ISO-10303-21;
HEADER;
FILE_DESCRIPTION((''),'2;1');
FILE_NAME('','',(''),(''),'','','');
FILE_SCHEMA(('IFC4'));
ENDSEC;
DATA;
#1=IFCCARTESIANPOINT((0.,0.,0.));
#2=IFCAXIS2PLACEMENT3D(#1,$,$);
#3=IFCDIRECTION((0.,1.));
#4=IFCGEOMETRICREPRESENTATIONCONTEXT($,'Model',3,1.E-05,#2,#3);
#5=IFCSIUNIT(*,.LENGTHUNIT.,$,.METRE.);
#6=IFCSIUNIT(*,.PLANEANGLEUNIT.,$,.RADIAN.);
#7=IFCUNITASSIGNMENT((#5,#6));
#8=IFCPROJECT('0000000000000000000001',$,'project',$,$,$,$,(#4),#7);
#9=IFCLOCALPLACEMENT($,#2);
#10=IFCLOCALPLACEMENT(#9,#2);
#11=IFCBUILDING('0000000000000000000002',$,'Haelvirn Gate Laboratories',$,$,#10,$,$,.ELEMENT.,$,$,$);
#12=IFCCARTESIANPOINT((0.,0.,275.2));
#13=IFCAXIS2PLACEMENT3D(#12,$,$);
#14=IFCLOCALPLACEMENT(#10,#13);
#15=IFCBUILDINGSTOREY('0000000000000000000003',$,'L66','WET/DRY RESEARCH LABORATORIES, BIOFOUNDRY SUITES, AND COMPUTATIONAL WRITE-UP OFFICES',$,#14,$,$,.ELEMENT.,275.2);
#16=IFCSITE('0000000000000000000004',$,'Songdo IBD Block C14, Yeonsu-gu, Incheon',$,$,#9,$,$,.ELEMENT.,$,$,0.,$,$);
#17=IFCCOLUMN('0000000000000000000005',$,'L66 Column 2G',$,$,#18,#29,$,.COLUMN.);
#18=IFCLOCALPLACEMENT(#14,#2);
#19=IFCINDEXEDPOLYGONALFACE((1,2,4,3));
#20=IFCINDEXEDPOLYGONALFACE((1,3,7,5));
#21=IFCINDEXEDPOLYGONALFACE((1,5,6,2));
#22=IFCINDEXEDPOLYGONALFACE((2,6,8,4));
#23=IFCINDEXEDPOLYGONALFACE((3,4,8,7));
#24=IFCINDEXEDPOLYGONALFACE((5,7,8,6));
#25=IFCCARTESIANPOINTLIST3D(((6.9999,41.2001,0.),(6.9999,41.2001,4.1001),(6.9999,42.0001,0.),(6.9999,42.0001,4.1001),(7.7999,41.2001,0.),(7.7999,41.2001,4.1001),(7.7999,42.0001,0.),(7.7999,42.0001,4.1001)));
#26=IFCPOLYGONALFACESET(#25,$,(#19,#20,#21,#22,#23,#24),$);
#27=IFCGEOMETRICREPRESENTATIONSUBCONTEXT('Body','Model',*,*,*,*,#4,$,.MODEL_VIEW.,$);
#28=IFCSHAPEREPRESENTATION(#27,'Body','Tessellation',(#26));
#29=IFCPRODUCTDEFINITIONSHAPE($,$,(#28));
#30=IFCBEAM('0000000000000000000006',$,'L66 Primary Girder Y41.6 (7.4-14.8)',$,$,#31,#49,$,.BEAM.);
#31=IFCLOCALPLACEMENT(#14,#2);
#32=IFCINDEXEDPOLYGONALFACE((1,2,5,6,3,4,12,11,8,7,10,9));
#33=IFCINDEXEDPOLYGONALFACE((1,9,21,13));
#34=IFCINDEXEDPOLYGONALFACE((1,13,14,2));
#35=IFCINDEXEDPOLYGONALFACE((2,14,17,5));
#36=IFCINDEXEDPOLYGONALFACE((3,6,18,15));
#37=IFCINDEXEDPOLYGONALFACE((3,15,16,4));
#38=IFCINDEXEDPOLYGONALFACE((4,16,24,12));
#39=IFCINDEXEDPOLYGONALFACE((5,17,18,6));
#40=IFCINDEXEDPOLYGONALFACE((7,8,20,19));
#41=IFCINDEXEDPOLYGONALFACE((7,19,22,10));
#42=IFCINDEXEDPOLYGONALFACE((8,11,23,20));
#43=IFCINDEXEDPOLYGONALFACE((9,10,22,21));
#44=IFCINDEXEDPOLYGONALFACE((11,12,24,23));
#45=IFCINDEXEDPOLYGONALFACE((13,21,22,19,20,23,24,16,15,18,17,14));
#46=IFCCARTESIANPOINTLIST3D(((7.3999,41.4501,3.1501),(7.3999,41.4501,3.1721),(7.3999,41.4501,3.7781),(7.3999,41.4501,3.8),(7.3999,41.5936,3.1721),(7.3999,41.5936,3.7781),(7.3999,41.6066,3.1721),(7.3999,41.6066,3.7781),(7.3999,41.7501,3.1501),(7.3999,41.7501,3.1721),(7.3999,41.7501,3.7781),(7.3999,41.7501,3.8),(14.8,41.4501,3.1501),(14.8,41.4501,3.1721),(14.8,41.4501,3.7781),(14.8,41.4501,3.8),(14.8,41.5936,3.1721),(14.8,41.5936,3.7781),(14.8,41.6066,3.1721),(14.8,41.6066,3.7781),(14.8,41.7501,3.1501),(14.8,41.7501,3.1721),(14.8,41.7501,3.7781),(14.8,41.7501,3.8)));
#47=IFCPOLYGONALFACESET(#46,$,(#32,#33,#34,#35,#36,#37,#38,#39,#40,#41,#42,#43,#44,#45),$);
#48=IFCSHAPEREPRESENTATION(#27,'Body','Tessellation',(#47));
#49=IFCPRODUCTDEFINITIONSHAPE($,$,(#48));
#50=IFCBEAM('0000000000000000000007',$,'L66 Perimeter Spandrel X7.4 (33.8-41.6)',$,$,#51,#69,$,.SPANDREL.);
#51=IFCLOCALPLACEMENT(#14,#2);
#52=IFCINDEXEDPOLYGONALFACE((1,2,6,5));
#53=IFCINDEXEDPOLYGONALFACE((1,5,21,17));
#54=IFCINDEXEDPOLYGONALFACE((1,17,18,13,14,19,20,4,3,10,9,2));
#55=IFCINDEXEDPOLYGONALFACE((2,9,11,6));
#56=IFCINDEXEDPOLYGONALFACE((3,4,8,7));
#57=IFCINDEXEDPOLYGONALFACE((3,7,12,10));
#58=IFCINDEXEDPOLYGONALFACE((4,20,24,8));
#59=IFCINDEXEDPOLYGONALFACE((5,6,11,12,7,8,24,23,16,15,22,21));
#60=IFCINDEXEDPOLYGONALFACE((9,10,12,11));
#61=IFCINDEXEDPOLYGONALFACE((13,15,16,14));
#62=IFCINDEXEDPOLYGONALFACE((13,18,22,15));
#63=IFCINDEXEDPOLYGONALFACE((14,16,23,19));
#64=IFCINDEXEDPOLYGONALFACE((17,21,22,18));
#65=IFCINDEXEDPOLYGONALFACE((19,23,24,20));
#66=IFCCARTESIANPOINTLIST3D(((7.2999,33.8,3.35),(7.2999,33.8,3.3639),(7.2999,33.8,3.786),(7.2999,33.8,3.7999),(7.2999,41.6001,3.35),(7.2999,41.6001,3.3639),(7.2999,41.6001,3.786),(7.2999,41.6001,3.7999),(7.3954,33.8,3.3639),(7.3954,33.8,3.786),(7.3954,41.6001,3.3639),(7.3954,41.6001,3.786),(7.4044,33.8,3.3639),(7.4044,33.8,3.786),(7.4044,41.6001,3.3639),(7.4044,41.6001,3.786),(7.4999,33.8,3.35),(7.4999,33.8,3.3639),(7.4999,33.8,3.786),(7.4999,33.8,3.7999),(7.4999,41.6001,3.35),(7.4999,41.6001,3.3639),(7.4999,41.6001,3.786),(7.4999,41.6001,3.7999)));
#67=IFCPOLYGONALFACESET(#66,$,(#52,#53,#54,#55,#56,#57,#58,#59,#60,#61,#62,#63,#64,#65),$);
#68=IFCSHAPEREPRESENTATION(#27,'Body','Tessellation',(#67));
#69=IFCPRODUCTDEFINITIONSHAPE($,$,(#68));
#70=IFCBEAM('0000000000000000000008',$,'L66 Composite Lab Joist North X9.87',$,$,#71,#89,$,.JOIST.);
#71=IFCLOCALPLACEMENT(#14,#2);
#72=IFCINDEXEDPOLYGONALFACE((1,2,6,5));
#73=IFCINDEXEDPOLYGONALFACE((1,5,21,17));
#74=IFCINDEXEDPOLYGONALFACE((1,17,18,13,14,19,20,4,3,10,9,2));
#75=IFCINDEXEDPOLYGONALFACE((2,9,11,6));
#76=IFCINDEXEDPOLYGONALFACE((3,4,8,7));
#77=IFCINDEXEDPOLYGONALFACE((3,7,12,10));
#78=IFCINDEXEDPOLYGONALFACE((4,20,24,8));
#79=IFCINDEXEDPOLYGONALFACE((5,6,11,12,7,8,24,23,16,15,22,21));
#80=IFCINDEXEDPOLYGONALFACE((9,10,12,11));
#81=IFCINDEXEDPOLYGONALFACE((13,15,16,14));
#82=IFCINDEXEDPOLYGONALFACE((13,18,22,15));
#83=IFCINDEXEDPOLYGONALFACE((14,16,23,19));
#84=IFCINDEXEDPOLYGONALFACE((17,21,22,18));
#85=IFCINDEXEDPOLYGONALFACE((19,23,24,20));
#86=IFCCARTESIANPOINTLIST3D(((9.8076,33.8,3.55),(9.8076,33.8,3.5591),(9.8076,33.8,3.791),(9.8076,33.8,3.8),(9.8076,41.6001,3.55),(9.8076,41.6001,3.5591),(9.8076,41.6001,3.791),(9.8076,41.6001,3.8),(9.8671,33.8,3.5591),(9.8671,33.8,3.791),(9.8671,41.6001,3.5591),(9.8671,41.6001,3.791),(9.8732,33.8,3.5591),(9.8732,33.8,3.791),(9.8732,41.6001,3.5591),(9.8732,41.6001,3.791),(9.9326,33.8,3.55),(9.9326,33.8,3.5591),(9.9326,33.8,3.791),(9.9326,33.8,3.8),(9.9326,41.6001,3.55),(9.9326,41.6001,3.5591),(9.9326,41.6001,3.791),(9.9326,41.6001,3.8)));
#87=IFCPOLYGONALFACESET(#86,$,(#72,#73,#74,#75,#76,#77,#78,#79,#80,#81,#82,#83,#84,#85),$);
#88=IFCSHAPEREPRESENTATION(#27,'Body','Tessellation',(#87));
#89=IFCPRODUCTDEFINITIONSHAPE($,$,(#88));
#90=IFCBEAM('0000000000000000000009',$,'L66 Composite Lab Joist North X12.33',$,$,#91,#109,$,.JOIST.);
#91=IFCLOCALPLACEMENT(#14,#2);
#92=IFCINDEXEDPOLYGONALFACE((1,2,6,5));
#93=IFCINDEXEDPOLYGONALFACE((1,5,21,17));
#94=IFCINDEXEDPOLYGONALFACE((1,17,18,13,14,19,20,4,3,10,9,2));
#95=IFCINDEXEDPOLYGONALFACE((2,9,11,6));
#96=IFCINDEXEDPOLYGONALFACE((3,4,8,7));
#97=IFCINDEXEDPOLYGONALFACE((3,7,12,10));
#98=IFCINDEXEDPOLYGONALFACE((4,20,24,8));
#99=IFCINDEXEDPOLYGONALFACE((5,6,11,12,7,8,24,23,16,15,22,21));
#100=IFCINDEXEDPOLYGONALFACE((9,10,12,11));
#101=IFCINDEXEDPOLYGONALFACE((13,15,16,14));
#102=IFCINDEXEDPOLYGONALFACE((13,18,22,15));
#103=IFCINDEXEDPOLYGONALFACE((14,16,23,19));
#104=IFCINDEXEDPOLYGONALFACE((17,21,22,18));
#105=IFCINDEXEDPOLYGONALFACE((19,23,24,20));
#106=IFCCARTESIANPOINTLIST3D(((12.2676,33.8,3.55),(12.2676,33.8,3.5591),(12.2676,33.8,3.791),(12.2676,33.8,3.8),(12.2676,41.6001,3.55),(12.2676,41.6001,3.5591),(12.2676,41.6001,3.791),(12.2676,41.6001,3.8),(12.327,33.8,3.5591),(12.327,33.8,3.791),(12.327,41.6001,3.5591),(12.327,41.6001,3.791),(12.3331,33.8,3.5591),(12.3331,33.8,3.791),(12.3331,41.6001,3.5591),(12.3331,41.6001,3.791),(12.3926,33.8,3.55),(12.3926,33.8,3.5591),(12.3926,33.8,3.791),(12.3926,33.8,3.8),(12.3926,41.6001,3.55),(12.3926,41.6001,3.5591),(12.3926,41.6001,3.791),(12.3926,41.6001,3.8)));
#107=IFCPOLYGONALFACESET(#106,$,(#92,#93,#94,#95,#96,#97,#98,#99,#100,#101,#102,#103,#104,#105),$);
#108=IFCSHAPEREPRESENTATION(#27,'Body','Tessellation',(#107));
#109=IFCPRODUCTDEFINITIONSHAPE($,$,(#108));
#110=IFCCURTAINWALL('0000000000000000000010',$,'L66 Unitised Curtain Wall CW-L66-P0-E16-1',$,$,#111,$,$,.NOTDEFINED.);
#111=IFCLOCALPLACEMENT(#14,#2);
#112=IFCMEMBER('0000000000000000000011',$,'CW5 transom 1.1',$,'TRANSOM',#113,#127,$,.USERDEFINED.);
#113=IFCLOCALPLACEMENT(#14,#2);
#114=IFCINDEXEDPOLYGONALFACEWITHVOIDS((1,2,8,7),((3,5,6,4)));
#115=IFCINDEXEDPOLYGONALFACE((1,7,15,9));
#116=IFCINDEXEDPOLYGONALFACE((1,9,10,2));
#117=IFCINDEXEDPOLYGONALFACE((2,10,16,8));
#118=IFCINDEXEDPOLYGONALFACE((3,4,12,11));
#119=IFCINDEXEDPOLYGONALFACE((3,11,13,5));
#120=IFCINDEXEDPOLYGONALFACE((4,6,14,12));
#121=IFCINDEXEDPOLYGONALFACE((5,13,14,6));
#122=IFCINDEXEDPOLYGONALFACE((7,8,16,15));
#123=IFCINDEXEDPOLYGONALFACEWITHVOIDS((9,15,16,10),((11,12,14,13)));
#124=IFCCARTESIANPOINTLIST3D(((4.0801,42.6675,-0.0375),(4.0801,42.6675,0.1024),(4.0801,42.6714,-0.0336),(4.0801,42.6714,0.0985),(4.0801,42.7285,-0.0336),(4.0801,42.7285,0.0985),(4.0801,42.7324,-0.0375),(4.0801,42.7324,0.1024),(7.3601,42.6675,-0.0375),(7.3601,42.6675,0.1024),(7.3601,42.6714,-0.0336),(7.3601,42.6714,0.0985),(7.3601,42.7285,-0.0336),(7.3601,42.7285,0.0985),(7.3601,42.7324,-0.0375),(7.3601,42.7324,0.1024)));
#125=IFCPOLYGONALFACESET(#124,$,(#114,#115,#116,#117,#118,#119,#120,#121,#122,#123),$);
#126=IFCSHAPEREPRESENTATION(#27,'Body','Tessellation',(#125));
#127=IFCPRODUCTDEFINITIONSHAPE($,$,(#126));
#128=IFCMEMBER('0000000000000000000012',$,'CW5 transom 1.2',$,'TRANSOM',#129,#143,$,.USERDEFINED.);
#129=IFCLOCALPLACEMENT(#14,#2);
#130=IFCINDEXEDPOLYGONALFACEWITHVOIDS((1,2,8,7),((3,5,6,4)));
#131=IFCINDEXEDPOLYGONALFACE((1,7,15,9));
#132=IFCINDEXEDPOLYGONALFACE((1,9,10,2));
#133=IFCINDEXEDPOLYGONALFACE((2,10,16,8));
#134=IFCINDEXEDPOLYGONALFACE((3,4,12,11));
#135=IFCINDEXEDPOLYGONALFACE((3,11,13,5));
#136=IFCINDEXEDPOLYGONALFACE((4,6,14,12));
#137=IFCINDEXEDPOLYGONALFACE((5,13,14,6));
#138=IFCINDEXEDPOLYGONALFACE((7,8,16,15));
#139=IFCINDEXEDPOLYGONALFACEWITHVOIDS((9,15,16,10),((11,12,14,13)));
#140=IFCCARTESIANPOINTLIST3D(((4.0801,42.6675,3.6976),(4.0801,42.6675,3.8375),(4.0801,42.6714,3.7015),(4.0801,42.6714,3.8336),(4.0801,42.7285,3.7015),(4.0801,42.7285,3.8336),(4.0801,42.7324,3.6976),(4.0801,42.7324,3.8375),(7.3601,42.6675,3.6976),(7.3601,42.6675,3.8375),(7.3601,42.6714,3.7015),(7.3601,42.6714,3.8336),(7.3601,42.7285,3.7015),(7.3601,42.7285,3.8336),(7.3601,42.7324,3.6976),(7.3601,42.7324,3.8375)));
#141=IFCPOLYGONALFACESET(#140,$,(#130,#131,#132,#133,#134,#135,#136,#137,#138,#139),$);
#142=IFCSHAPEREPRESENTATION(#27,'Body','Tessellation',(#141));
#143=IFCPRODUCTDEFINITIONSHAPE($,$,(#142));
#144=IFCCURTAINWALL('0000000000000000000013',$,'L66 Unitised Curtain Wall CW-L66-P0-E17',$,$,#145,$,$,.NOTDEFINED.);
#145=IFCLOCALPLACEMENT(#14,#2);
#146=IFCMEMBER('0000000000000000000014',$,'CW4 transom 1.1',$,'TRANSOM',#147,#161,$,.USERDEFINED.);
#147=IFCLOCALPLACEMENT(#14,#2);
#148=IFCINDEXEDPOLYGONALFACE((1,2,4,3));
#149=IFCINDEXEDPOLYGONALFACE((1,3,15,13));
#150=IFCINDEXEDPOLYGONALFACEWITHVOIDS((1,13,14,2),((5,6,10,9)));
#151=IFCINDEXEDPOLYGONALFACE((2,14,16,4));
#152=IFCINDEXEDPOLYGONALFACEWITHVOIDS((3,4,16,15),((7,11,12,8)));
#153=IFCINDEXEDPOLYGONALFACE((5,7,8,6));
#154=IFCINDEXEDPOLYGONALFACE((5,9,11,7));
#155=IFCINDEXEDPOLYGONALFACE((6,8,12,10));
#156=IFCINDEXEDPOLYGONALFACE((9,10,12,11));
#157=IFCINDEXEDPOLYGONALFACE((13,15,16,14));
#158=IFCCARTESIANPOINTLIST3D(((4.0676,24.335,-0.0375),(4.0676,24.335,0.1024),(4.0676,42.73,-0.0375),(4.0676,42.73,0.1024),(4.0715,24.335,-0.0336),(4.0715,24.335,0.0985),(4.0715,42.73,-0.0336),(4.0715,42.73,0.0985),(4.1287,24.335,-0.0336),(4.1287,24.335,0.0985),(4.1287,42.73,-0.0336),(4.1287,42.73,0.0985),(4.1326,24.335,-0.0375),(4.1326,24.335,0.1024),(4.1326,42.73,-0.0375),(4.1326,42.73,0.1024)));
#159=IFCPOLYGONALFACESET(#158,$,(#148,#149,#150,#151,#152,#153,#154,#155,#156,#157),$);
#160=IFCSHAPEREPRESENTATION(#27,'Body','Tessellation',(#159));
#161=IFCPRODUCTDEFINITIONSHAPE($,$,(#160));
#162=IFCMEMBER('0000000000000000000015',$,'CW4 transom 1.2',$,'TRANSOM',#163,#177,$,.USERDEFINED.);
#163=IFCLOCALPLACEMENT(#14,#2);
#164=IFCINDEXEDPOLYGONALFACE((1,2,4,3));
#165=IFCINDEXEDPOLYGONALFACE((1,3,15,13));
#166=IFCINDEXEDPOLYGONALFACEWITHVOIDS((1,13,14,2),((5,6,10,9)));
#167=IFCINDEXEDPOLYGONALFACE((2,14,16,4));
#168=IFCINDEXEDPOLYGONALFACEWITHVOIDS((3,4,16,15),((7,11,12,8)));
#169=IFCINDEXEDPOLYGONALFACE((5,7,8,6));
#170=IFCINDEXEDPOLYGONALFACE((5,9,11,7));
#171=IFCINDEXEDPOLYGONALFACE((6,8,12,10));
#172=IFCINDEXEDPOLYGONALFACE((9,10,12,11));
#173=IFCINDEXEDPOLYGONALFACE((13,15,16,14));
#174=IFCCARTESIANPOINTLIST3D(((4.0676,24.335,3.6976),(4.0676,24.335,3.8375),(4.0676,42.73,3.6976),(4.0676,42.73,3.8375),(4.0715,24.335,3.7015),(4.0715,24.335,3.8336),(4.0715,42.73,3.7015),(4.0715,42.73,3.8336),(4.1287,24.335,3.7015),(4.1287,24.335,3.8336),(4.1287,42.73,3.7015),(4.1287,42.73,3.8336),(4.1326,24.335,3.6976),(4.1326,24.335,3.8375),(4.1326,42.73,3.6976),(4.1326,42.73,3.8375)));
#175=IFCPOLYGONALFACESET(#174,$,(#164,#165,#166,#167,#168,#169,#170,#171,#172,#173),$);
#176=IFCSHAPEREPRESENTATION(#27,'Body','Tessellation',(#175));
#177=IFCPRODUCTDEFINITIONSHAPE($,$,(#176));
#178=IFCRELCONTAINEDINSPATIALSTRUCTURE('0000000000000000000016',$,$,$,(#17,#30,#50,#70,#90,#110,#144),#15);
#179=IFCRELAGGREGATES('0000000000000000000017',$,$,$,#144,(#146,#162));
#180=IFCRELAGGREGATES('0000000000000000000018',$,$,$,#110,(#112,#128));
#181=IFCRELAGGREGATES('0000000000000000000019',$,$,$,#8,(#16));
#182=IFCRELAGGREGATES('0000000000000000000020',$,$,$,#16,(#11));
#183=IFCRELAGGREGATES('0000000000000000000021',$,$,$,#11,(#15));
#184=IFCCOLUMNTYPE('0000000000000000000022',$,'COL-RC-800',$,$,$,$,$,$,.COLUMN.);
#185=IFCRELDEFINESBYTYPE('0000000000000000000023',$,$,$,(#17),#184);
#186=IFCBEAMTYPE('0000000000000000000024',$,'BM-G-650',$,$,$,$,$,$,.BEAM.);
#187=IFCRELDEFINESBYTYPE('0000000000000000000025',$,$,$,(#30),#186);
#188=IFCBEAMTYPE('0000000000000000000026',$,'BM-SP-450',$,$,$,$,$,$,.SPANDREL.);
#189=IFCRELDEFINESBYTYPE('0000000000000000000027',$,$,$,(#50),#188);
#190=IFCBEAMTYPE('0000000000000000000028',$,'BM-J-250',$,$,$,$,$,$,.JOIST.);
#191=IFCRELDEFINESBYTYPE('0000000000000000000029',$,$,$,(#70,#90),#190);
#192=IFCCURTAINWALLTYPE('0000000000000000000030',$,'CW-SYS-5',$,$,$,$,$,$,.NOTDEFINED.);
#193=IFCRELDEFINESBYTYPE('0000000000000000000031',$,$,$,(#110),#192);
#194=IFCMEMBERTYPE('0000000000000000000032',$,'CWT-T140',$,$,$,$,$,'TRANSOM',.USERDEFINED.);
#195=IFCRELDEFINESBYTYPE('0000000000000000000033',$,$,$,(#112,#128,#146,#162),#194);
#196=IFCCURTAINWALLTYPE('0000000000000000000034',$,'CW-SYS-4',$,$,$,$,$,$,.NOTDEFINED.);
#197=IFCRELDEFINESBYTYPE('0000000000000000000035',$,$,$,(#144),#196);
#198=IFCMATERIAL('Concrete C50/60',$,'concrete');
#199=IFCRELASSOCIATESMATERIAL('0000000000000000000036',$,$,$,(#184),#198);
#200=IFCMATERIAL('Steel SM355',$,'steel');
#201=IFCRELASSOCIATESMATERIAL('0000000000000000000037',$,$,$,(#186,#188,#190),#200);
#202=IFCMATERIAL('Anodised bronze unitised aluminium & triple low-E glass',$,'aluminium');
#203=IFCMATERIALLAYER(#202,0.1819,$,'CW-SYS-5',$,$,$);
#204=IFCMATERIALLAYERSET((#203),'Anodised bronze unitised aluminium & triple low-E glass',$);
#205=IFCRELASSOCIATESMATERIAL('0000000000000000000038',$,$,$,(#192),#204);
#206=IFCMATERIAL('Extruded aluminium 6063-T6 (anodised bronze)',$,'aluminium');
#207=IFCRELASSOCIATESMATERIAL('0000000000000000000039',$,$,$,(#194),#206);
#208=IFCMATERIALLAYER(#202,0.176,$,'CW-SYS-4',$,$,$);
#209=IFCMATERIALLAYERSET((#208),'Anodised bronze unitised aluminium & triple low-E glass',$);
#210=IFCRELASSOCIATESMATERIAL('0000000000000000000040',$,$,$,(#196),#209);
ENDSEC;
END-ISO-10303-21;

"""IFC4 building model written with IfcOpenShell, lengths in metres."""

from ifc_helpers import new_model, si_unit, direction, frame, origin, origin_2d, place, context, subcontext, project, spatial, rectangle, hollow_rectangle, i_section, extrude, source, transform, mapped, material, layer, layer_set, material_profile, profile_set, type_object, type_shapes, element, aggregate, save


model = new_model("IFC4")

# Units and contexts
model_context = context("Model", 3, precision=1e-05, world=origin(), true_north=direction((0.0, 1.0)))
body_context = subcontext(model_context, "Body", "Model", "MODEL_VIEW")
ifc_project = project(units=[si_unit("LENGTHUNIT", "METRE"), si_unit("PLANEANGLEUNIT", "RADIAN")], contexts=[model_context])

# Site, building, storey
site_placement = place(None, origin())
site = spatial("IfcSite", under=ifc_project, at=site_placement, Name="Songdo IBD Block C14, Yeonsu-gu, Incheon", CompositionType="ELEMENT", RefElevation=0.0)
building_placement = place(site_placement, origin())
building = spatial("IfcBuilding", under=site, at=building_placement, Name="Haelvirn Gate Laboratories", CompositionType="ELEMENT")
storey_placement = place(building_placement, frame((0.0, 0.0, 275.2)))
storey = spatial("IfcBuildingStorey", under=building, at=storey_placement, Name="L66", Description="WET/DRY RESEARCH LABORATORIES, BIOFOUNDRY SUITES, AND COMPUTATIONAL WRITE-UP OFFICES", CompositionType="ELEMENT", Elevation=275.2)

# Column
ifc_material_1 = material(Name="Concrete C50/60", Category="concrete")
ifc_material_profile_1 = material_profile(ifc_material_1, rectangle(XDim=0.8, YDim=0.8, at=origin_2d()), Name="RC-800x800")
ifc_profile_set_1 = profile_set([ifc_material_profile_1], Name="Concrete C50/60")
column_type = type_object("IfcColumnType", Name="COL-RC-800", PredefinedType="COLUMN", material=ifc_profile_set_1)
shared_shape_1 = source(origin(), body_context, "Body", "SweptSolid", [
    extrude(rectangle(XDim=0.8, YDim=0.8, at=origin_2d()), origin(), (0.0, 0.0, 1.0), 4.1001),
])
type_shapes(column_type, [shared_shape_1])
column_placement = place(storey_placement, frame((7.3999, 41.6001, 0.0), z_axis=(0.0, 0.0, 1.0), x_axis=(1.0, 0.0, 0.0)))
element("IfcColumn", 1, at=column_placement, inside=storey, type_object=column_type, Name="L66 Column 2G", PredefinedType="COLUMN", context=body_context, shape_type="MappedRepresentation", body=[
    mapped(shared_shape_1, transform((0.0, 0.0, 0.0), scale=1.0)),
])

# Beams
ifc_material_2 = material(Name="Steel SM355", Category="steel")
ifc_material_profile_2 = material_profile(ifc_material_2, i_section(OverallWidth=0.3, OverallDepth=0.6499, WebThickness=0.0129, FlangeThickness=0.022, at=origin_2d()), Name="H-650x300x13x22")
ifc_profile_set_2 = profile_set([ifc_material_profile_2], Name="Steel SM355")
beam_type_1 = type_object("IfcBeamType", Name="BM-G-650", PredefinedType="BEAM", material=ifc_profile_set_2)
shared_shape_2 = source(origin(), body_context, "Body", "SweptSolid", [
    extrude(i_section(OverallWidth=0.3, OverallDepth=0.6499, WebThickness=0.0129, FlangeThickness=0.022, at=origin_2d()), origin(), (0.0, 0.0, 1.0), 7.4001),
])
type_shapes(beam_type_1, [shared_shape_2])
beam_1_placement = place(storey_placement, frame((7.3999, 41.6001, 3.4751), z_axis=(1.0, 0.0, 0.0), x_axis=(0.0, 1.0, 0.0)))
element("IfcBeam", 2, at=beam_1_placement, inside=storey, type_object=beam_type_1, Name="L66 Primary Girder Y41.6 (7.4-14.8)", PredefinedType="BEAM", context=body_context, shape_type="MappedRepresentation", body=[
    mapped(shared_shape_2, transform((0.0, 0.0, 0.0), scale=1.0)),
])
ifc_material_profile_3 = material_profile(ifc_material_2, i_section(OverallWidth=0.2, OverallDepth=0.45, WebThickness=0.009, FlangeThickness=0.0139, at=origin_2d()), Name="H-450x200x9x14")
ifc_profile_set_3 = profile_set([ifc_material_profile_3], Name="Steel SM355")
beam_type_2 = type_object("IfcBeamType", Name="BM-SP-450", PredefinedType="SPANDREL", material=ifc_profile_set_3)
shared_shape_3 = source(origin(), body_context, "Body", "SweptSolid", [
    extrude(i_section(OverallWidth=0.2, OverallDepth=0.45, WebThickness=0.009, FlangeThickness=0.0139, at=origin_2d()), origin(), (0.0, 0.0, 1.0), 7.8),
])
type_shapes(beam_type_2, [shared_shape_3])
beam_2_placement = place(storey_placement, frame((7.3999, 33.8, 3.575), z_axis=(0.0, 1.0, 0.0), x_axis=(-1.0, 0.0, 0.0)))
element("IfcBeam", 3, at=beam_2_placement, inside=storey, type_object=beam_type_2, Name="L66 Perimeter Spandrel X7.4 (33.8-41.6)", PredefinedType="SPANDREL", context=body_context, shape_type="MappedRepresentation", body=[
    mapped(shared_shape_3, transform((0.0, 0.0, 0.0), scale=1.0)),
])
ifc_material_profile_4 = material_profile(ifc_material_2, i_section(OverallWidth=0.125, OverallDepth=0.25, WebThickness=0.0061, FlangeThickness=0.009, at=origin_2d()), Name="H-250x125x6x9")
ifc_profile_set_4 = profile_set([ifc_material_profile_4], Name="Steel SM355")
beam_type_3 = type_object("IfcBeamType", Name="BM-J-250", PredefinedType="JOIST", material=ifc_profile_set_4)
shared_shape_4 = source(origin(), body_context, "Body", "SweptSolid", [
    extrude(i_section(OverallWidth=0.125, OverallDepth=0.25, WebThickness=0.0061, FlangeThickness=0.009, at=origin_2d()), origin(), (0.0, 0.0, 1.0), 7.8),
])
type_shapes(beam_type_3, [shared_shape_4])
for number, where, z_axis, x_axis, name in (
    (4, (9.8701, 33.8, 3.675), (0.0, 1.0, 0.0), (-1.0, 0.0, 0.0), "L66 Composite Lab Joist North X9.87"),
    (5, (12.3301, 33.8, 3.675), (0.0, 1.0, 0.0), (-1.0, 0.0, 0.0), "L66 Composite Lab Joist North X12.33"),
):
    element("IfcBeam", number, at=place(storey_placement, frame(where, z_axis=z_axis, x_axis=x_axis)), inside=storey, type_object=beam_type_3, Name=name, PredefinedType="JOIST", context=body_context, shape_type="MappedRepresentation", body=[
        mapped(shared_shape_4, transform((0.0, 0.0, 0.0), scale=1.0)),
    ])

# Curtain walls, members
ifc_material_3 = material(Name="Anodised bronze unitised aluminium & triple low-E glass", Category="aluminium")
ifc_layer_1 = layer(ifc_material_3, 0.1819, Name="CW-SYS-5")
ifc_layer_set_1 = layer_set([ifc_layer_1], Name="Anodised bronze unitised aluminium & triple low-E glass")
curtain_wall_type_1 = type_object("IfcCurtainWallType", Name="CW-SYS-5", PredefinedType="NOTDEFINED", material=ifc_layer_set_1)
curtain_wall_1_placement = place(storey_placement, origin())
curtain_wall_1 = element("IfcCurtainWall", 6, at=curtain_wall_1_placement, inside=storey, type_object=curtain_wall_type_1, Name="L66 Unitised Curtain Wall CW-L66-P0-E16-1", PredefinedType="NOTDEFINED")
ifc_material_4 = material(Name="Extruded aluminium 6063-T6 (anodised bronze)", Category="aluminium")
ifc_material_profile_5 = material_profile(ifc_material_4, hollow_rectangle(XDim=0.0649, YDim=0.1399, WallThickness=0.0039, at=origin_2d()), Name="CWT-140x65x4")
ifc_profile_set_5 = profile_set([ifc_material_profile_5], Name="Extruded aluminium 6063-T6 (anodised bronze)")
member_type_1 = type_object("IfcMemberType", Name="CWT-T140", ElementType="TRANSOM", PredefinedType="USERDEFINED", material=ifc_profile_set_5)
shared_shape_5 = source(origin(), body_context, "Body", "SweptSolid", [
    extrude(hollow_rectangle(XDim=0.0649, YDim=0.1399, WallThickness=0.0039, at=origin_2d()), origin(), (0.0, 0.0, 1.0), 3.28),
])
member_1_placement = place(storey_placement, frame((4.0801, 42.7, 0.0325), z_axis=(1.0, 0.0, 0.0), x_axis=(0.0, 1.0, 0.0)))
member_1 = element("IfcMember", 7, at=member_1_placement, type_object=member_type_1, Name="CW5 transom 1.1", ObjectType="TRANSOM", PredefinedType="USERDEFINED", context=body_context, shape_type="MappedRepresentation", body=[
    mapped(shared_shape_5, transform((0.0, 0.0, 0.0), scale=1.0)),
])
member_2_placement = place(storey_placement, frame((4.0801, 42.7, 3.7676), z_axis=(1.0, 0.0, 0.0), x_axis=(0.0, 1.0, 0.0)))
member_2 = element("IfcMember", 8, at=member_2_placement, type_object=member_type_1, Name="CW5 transom 1.2", ObjectType="TRANSOM", PredefinedType="USERDEFINED", context=body_context, shape_type="MappedRepresentation", body=[
    mapped(shared_shape_5, transform((0.0, 0.0, 0.0), scale=1.0)),
])
ifc_layer_2 = layer(ifc_material_3, 0.176, Name="CW-SYS-4")
ifc_layer_set_2 = layer_set([ifc_layer_2], Name="Anodised bronze unitised aluminium & triple low-E glass")
curtain_wall_type_2 = type_object("IfcCurtainWallType", Name="CW-SYS-4", PredefinedType="NOTDEFINED", material=ifc_layer_set_2)
curtain_wall_2_placement = place(storey_placement, origin())
curtain_wall_2 = element("IfcCurtainWall", 9, at=curtain_wall_2_placement, inside=storey, type_object=curtain_wall_type_2, Name="L66 Unitised Curtain Wall CW-L66-P0-E17", PredefinedType="NOTDEFINED")
shared_shape_6 = source(origin(), body_context, "Body", "SweptSolid", [
    extrude(hollow_rectangle(XDim=0.0649, YDim=0.1399, WallThickness=0.0039, at=origin_2d()), origin(), (0.0, 0.0, 1.0), 18.395),
])
member_3_placement = place(storey_placement, frame((4.1001, 42.73, 0.0325), z_axis=(0.0, -1.0, 0.0), x_axis=(1.0, 0.0, 0.0)))
member_3 = element("IfcMember", 10, at=member_3_placement, type_object=member_type_1, Name="CW4 transom 1.1", ObjectType="TRANSOM", PredefinedType="USERDEFINED", context=body_context, shape_type="MappedRepresentation", body=[
    mapped(shared_shape_6, transform((0.0, 0.0, 0.0), scale=1.0)),
])
member_4_placement = place(storey_placement, frame((4.1001, 42.73, 3.7676), z_axis=(0.0, -1.0, 0.0), x_axis=(1.0, 0.0, 0.0)))
member_4 = element("IfcMember", 11, at=member_4_placement, type_object=member_type_1, Name="CW4 transom 1.2", ObjectType="TRANSOM", PredefinedType="USERDEFINED", context=body_context, shape_type="MappedRepresentation", body=[
    mapped(shared_shape_6, transform((0.0, 0.0, 0.0), scale=1.0)),
])

aggregate(curtain_wall_2, [member_3, member_4])

aggregate(curtain_wall_1, [member_1, member_2])

save(model, "model.ifc")
